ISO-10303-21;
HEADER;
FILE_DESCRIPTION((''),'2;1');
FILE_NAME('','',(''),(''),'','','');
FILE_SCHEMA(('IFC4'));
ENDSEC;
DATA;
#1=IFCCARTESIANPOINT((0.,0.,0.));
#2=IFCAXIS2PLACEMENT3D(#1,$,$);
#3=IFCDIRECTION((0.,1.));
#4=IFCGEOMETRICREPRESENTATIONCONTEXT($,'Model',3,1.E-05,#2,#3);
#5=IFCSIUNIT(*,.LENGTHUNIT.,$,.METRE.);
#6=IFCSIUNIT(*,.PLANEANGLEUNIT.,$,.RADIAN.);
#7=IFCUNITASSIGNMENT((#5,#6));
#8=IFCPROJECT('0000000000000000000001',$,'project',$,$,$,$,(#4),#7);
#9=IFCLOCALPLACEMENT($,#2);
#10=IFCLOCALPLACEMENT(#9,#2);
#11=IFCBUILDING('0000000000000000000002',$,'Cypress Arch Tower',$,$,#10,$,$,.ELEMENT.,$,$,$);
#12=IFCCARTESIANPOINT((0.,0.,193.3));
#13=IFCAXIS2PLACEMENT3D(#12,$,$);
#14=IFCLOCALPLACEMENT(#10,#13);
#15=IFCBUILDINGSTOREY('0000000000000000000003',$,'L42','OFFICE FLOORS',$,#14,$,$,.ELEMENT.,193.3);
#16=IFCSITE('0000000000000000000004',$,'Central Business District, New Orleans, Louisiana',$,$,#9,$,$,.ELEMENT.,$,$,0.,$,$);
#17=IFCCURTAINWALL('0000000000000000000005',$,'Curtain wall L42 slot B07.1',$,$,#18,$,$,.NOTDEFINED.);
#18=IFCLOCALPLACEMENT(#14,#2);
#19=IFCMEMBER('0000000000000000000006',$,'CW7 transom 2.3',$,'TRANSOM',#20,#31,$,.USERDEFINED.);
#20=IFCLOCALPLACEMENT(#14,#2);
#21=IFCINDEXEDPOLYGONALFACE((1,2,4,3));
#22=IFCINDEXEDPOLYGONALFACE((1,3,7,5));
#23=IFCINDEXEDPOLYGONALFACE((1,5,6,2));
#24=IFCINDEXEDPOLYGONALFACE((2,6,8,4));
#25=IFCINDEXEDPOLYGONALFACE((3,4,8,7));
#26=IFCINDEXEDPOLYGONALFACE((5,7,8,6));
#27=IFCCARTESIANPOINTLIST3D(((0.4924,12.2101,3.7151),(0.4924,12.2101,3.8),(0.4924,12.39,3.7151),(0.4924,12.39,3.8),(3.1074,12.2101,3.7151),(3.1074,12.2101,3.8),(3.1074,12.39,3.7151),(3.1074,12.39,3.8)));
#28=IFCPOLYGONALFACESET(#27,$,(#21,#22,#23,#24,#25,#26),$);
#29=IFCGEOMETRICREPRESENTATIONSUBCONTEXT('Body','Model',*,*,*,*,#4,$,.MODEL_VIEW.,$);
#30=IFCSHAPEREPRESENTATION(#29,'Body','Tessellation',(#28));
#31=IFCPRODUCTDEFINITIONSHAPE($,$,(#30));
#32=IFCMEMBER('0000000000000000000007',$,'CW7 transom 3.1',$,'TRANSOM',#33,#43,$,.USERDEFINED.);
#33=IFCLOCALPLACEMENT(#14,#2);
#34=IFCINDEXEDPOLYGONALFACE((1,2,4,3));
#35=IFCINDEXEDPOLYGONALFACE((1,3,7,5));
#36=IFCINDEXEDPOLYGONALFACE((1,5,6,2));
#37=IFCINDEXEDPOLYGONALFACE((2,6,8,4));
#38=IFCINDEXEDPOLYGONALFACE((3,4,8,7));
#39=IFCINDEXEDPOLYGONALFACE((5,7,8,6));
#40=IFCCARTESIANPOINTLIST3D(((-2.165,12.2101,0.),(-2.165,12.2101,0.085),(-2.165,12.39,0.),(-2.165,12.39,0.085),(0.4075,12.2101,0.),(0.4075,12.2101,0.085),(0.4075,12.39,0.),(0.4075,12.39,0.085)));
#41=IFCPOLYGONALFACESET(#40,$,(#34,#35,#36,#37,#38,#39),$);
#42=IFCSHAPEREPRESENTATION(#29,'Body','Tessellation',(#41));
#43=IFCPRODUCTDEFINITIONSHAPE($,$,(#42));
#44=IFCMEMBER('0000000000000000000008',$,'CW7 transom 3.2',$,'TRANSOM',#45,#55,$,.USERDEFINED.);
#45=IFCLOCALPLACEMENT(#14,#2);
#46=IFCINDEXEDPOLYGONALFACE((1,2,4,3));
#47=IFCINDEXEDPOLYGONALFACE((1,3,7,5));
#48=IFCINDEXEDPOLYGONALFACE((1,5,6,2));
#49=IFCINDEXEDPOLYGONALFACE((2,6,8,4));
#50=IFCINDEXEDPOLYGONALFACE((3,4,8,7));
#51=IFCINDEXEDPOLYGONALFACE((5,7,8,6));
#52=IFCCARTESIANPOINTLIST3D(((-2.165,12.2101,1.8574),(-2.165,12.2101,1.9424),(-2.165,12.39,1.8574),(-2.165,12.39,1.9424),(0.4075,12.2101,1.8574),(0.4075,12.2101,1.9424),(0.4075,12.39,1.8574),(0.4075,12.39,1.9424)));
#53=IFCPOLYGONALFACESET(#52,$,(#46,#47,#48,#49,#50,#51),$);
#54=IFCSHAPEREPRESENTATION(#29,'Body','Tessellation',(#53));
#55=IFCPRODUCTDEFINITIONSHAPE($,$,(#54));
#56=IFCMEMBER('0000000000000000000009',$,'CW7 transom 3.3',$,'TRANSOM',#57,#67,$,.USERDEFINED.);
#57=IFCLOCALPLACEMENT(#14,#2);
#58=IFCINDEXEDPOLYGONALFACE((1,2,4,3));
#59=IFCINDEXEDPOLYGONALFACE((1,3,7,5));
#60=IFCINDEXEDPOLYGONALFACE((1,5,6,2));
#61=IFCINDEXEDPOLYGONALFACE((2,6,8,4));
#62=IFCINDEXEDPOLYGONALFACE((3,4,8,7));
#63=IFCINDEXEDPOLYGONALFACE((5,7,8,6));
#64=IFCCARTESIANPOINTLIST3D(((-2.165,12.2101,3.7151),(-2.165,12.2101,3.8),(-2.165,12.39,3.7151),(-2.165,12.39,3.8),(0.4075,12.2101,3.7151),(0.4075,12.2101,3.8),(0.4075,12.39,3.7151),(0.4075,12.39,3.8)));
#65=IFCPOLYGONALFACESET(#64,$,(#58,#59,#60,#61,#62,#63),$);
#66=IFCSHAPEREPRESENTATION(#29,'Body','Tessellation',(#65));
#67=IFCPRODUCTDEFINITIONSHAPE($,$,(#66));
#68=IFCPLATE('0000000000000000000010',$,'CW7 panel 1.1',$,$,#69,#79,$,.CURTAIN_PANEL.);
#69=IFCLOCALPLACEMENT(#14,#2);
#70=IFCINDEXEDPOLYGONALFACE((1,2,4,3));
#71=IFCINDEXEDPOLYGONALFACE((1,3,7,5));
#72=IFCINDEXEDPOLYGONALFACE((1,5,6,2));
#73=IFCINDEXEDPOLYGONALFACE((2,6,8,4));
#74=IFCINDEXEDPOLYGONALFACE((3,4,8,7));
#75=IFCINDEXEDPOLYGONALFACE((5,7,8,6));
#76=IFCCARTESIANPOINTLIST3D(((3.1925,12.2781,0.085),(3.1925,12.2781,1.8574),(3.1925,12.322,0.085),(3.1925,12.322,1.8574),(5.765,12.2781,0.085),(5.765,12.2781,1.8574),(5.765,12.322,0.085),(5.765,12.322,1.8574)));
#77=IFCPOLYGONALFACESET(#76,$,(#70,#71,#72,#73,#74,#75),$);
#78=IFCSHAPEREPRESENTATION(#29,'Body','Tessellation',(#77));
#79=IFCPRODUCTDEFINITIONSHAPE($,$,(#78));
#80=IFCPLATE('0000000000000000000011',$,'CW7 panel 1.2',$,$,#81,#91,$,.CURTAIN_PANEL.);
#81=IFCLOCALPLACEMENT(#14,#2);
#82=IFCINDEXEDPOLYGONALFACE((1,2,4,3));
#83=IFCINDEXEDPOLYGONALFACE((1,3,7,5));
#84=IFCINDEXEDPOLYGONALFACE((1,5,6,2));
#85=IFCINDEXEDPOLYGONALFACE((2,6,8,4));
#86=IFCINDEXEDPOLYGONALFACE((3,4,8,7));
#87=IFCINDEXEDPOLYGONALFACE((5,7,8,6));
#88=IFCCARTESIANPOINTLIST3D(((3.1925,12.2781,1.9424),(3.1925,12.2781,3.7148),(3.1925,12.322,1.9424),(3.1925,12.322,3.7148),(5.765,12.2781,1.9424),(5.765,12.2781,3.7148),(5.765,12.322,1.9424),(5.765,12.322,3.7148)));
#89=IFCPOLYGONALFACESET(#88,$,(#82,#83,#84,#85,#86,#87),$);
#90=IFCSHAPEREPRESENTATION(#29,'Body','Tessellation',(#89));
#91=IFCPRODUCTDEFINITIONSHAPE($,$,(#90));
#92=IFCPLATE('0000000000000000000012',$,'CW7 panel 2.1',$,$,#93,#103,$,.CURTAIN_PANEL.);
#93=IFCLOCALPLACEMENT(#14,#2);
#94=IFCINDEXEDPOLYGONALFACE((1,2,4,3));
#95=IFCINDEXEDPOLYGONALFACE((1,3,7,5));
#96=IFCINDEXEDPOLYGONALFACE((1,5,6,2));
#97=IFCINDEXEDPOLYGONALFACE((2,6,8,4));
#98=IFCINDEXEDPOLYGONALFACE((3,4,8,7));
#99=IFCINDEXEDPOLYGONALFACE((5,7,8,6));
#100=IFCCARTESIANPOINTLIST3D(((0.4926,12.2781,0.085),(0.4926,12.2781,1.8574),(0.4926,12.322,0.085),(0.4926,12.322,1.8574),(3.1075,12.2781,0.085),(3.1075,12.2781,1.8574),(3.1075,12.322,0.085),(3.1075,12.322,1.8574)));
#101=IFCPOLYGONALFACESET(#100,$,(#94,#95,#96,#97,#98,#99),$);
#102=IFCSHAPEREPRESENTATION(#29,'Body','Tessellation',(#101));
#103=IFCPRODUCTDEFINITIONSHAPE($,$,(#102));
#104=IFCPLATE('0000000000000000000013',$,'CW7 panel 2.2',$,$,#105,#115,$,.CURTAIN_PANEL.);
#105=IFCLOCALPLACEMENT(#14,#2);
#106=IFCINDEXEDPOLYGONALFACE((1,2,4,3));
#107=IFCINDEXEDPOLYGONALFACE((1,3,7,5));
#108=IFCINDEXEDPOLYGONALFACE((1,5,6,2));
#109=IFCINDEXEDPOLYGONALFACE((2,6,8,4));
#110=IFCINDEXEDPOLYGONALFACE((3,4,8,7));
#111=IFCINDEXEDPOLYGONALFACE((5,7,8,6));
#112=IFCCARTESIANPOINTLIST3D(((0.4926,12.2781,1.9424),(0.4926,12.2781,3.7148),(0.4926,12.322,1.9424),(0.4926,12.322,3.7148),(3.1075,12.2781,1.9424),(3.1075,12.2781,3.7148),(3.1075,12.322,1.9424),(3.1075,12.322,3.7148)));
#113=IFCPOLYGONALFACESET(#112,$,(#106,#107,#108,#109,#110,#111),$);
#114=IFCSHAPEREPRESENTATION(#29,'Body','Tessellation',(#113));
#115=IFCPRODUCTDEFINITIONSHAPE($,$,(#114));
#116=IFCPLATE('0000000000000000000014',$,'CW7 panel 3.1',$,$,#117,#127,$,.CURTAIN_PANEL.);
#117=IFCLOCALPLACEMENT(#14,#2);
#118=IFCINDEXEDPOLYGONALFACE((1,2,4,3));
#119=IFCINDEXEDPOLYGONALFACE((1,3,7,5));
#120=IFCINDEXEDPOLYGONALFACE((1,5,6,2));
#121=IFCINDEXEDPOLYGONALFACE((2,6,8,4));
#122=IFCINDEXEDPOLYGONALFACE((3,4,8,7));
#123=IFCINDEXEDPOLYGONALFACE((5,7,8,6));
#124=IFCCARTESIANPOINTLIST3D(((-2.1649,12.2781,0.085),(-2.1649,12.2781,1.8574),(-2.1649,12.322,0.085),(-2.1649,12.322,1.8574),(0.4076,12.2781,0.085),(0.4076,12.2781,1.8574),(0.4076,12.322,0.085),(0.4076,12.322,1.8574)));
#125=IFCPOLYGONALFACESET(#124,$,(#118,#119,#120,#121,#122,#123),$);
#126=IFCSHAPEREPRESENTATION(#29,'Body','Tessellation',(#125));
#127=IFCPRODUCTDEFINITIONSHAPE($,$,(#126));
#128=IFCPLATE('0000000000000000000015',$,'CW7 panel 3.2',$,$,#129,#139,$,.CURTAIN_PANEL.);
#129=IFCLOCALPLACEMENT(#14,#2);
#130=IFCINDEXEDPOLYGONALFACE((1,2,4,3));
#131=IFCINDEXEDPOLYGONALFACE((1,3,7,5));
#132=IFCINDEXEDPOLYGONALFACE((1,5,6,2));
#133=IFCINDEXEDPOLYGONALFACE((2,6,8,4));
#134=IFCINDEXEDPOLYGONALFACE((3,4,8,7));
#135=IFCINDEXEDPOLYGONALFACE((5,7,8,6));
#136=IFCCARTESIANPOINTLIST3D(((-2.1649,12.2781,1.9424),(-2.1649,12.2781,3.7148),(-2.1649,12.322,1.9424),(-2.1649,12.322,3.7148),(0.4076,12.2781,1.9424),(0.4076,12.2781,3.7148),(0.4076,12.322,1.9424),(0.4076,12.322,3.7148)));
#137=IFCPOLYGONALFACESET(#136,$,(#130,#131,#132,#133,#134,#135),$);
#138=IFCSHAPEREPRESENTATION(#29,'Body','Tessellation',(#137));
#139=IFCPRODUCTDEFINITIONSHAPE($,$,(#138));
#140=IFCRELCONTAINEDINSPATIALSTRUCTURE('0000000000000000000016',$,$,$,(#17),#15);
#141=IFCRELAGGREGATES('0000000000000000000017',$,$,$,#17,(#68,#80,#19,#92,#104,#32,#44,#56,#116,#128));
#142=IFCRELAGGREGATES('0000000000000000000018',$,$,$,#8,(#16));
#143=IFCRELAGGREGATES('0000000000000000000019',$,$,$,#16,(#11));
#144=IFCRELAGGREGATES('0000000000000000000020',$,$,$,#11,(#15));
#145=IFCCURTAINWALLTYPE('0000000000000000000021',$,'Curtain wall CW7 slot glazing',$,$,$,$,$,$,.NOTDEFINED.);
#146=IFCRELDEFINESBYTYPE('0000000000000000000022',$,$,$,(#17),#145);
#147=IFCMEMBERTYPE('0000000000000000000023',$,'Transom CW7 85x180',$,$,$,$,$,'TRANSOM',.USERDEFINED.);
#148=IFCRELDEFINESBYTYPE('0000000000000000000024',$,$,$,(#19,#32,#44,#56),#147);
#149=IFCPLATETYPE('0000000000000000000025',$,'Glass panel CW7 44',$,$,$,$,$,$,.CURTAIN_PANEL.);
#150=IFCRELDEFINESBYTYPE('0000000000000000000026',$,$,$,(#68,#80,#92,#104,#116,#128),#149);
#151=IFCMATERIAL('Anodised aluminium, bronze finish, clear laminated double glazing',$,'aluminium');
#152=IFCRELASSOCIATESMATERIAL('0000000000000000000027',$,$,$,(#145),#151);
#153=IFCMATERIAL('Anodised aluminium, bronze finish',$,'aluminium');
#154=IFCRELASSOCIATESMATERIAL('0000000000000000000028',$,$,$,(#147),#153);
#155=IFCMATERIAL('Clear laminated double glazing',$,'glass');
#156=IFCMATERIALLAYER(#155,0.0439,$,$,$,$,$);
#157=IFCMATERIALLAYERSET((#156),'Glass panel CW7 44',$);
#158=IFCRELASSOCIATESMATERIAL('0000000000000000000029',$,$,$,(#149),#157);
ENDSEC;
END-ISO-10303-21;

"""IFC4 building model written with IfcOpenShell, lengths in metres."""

from ifc_helpers import new_model, si_unit, direction, frame, origin, origin_2d, place, context, subcontext, project, spatial, rectangle, extrude, material, layer, layer_set, material_profile, profile_set, type_object, element, aggregate, save


model = new_model("IFC4")

# Units and contexts
model_context = context("Model", 3, precision=1e-05, world=origin(), true_north=direction((0.0, 1.0)))
body_context = subcontext(model_context, "Body", "Model", "MODEL_VIEW")
ifc_project = project(units=[si_unit("LENGTHUNIT", "METRE"), si_unit("PLANEANGLEUNIT", "RADIAN")], contexts=[model_context])

# Site, building, storey
site_placement = place(None, origin())
site = spatial("IfcSite", under=ifc_project, at=site_placement, Name="Central Business District, New Orleans, Louisiana", CompositionType="ELEMENT", RefElevation=0.0)
building_placement = place(site_placement, origin())
building = spatial("IfcBuilding", under=site, at=building_placement, Name="Cypress Arch Tower", CompositionType="ELEMENT")
storey_placement = place(building_placement, frame((0.0, 0.0, 193.3)))
storey = spatial("IfcBuildingStorey", under=building, at=storey_placement, Name="L42", Description="OFFICE FLOORS", CompositionType="ELEMENT", Elevation=193.3)

# Curtain wall
ifc_material_1 = material(Name="Anodised aluminium, bronze finish, clear laminated double glazing", Category="aluminium")
curtain_wall_type = type_object("IfcCurtainWallType", Name="Curtain wall CW7 slot glazing", PredefinedType="NOTDEFINED", material=ifc_material_1)
curtain_wall_placement = place(storey_placement, origin())
curtain_wall = element("IfcCurtainWall", 1, at=curtain_wall_placement, inside=storey, type_object=curtain_wall_type, Name="Curtain wall L42 slot B07.1", PredefinedType="NOTDEFINED")

# Members
ifc_material_2 = material(Name="Anodised aluminium, bronze finish", Category="aluminium")
ifc_material_profile_1 = material_profile(ifc_material_2, rectangle(XDim=0.1799, YDim=0.085, at=origin_2d()), Name="Transom 85x180")
ifc_profile_set_1 = profile_set([ifc_material_profile_1], Name="Anodised aluminium, bronze finish")
member_type_1 = type_object("IfcMemberType", Name="Transom CW7 85x180", ElementType="TRANSOM", PredefinedType="USERDEFINED", material=ifc_profile_set_1)
member_1_placement = place(storey_placement, frame((3.1074, 12.3, 3.7576), z_axis=(-1.0, 0.0, 0.0), x_axis=(0.0, -1.0, 0.0)))
member_1 = element("IfcMember", 2, at=member_1_placement, type_object=member_type_1, Name="CW7 transom 2.3", ObjectType="TRANSOM", PredefinedType="USERDEFINED", context=body_context, shape_type="SweptSolid", body=[
    extrude(rectangle(XDim=0.1799, YDim=0.085, at=origin_2d()), origin(), (0.0, 0.0, 1.0), 2.615),
])
member_2_placement = place(storey_placement, frame((0.4075, 12.3, 0.0425), z_axis=(-1.0, 0.0, 0.0), x_axis=(0.0, -1.0, 0.0)))
member_2 = element("IfcMember", 3, at=member_2_placement, type_object=member_type_1, Name="CW7 transom 3.1", ObjectType="TRANSOM", PredefinedType="USERDEFINED", context=body_context, shape_type="SweptSolid", body=[
    extrude(rectangle(XDim=0.1799, YDim=0.085, at=origin_2d()), origin(), (0.0, 0.0, 1.0), 2.5725),
])
member_3_placement = place(storey_placement, frame((0.4075, 12.3, 1.8999), z_axis=(-1.0, 0.0, 0.0), x_axis=(0.0, -1.0, 0.0)))
member_3 = element("IfcMember", 4, at=member_3_placement, type_object=member_type_1, Name="CW7 transom 3.2", ObjectType="TRANSOM", PredefinedType="USERDEFINED", context=body_context, shape_type="SweptSolid", body=[
    extrude(rectangle(XDim=0.1799, YDim=0.085, at=origin_2d()), origin(), (0.0, 0.0, 1.0), 2.5725),
])
member_4_placement = place(storey_placement, frame((0.4075, 12.3, 3.7576), z_axis=(-1.0, 0.0, 0.0), x_axis=(0.0, -1.0, 0.0)))
member_4 = element("IfcMember", 5, at=member_4_placement, type_object=member_type_1, Name="CW7 transom 3.3", ObjectType="TRANSOM", PredefinedType="USERDEFINED", context=body_context, shape_type="SweptSolid", body=[
    extrude(rectangle(XDim=0.1799, YDim=0.085, at=origin_2d()), origin(), (0.0, 0.0, 1.0), 2.5725),
])

# Plates
ifc_material_3 = material(Name="Clear laminated double glazing", Category="glass")
ifc_layer = layer(ifc_material_3, 0.0439)
ifc_layer_set = layer_set([ifc_layer], Name="Glass panel CW7 44")
plate_type = type_object("IfcPlateType", Name="Glass panel CW7 44", PredefinedType="CURTAIN_PANEL", material=ifc_layer_set)
plate_1_placement = place(storey_placement, frame((4.4788, 12.3, 0.085), z_axis=(0.0, 0.0, 1.0), x_axis=(-1.0, 0.0, 0.0)))
plate_1 = element("IfcPlate", 6, at=plate_1_placement, type_object=plate_type, Name="CW7 panel 1.1", PredefinedType="CURTAIN_PANEL", context=body_context, shape_type="SweptSolid", body=[
    extrude(rectangle(XDim=2.5725, YDim=0.0439, at=origin_2d()), origin(), (0.0, 0.0, 1.0), 1.7725),
])
plate_2_placement = place(storey_placement, frame((4.4788, 12.3, 1.9424), z_axis=(0.0, 0.0, 1.0), x_axis=(-1.0, 0.0, 0.0)))
plate_2 = element("IfcPlate", 7, at=plate_2_placement, type_object=plate_type, Name="CW7 panel 1.2", PredefinedType="CURTAIN_PANEL", context=body_context, shape_type="SweptSolid", body=[
    extrude(rectangle(XDim=2.5725, YDim=0.0439, at=origin_2d()), origin(), (0.0, 0.0, 1.0), 1.7725),
])
plate_3_placement = place(storey_placement, frame((1.8, 12.3, 0.085), z_axis=(0.0, 0.0, 1.0), x_axis=(-1.0, 0.0, 0.0)))
plate_3 = element("IfcPlate", 8, at=plate_3_placement, type_object=plate_type, Name="CW7 panel 2.1", PredefinedType="CURTAIN_PANEL", context=body_context, shape_type="SweptSolid", body=[
    extrude(rectangle(XDim=2.615, YDim=0.0439, at=origin_2d()), origin(), (0.0, 0.0, 1.0), 1.7725),
])
plate_4_placement = place(storey_placement, frame((1.8, 12.3, 1.9424), z_axis=(0.0, 0.0, 1.0), x_axis=(-1.0, 0.0, 0.0)))
plate_4 = element("IfcPlate", 9, at=plate_4_placement, type_object=plate_type, Name="CW7 panel 2.2", PredefinedType="CURTAIN_PANEL", context=body_context, shape_type="SweptSolid", body=[
    extrude(rectangle(XDim=2.615, YDim=0.0439, at=origin_2d()), origin(), (0.0, 0.0, 1.0), 1.7725),
])
plate_5_placement = place(storey_placement, frame((-0.8787, 12.3, 0.085), z_axis=(0.0, 0.0, 1.0), x_axis=(-1.0, 0.0, 0.0)))
plate_5 = element("IfcPlate", 10, at=plate_5_placement, type_object=plate_type, Name="CW7 panel 3.1", PredefinedType="CURTAIN_PANEL", context=body_context, shape_type="SweptSolid", body=[
    extrude(rectangle(XDim=2.5725, YDim=0.0439, at=origin_2d()), origin(), (0.0, 0.0, 1.0), 1.7725),
])
plate_6_placement = place(storey_placement, frame((-0.8787, 12.3, 1.9424), z_axis=(0.0, 0.0, 1.0), x_axis=(-1.0, 0.0, 0.0)))
plate_6 = element("IfcPlate", 11, at=plate_6_placement, type_object=plate_type, Name="CW7 panel 3.2", PredefinedType="CURTAIN_PANEL", context=body_context, shape_type="SweptSolid", body=[
    extrude(rectangle(XDim=2.5725, YDim=0.0439, at=origin_2d()), origin(), (0.0, 0.0, 1.0), 1.7725),
])
aggregate(curtain_wall, [plate_1, plate_2, member_1, plate_3, plate_4, member_2, member_3, member_4, plate_5, plate_6])

save(model, "model.ifc")
